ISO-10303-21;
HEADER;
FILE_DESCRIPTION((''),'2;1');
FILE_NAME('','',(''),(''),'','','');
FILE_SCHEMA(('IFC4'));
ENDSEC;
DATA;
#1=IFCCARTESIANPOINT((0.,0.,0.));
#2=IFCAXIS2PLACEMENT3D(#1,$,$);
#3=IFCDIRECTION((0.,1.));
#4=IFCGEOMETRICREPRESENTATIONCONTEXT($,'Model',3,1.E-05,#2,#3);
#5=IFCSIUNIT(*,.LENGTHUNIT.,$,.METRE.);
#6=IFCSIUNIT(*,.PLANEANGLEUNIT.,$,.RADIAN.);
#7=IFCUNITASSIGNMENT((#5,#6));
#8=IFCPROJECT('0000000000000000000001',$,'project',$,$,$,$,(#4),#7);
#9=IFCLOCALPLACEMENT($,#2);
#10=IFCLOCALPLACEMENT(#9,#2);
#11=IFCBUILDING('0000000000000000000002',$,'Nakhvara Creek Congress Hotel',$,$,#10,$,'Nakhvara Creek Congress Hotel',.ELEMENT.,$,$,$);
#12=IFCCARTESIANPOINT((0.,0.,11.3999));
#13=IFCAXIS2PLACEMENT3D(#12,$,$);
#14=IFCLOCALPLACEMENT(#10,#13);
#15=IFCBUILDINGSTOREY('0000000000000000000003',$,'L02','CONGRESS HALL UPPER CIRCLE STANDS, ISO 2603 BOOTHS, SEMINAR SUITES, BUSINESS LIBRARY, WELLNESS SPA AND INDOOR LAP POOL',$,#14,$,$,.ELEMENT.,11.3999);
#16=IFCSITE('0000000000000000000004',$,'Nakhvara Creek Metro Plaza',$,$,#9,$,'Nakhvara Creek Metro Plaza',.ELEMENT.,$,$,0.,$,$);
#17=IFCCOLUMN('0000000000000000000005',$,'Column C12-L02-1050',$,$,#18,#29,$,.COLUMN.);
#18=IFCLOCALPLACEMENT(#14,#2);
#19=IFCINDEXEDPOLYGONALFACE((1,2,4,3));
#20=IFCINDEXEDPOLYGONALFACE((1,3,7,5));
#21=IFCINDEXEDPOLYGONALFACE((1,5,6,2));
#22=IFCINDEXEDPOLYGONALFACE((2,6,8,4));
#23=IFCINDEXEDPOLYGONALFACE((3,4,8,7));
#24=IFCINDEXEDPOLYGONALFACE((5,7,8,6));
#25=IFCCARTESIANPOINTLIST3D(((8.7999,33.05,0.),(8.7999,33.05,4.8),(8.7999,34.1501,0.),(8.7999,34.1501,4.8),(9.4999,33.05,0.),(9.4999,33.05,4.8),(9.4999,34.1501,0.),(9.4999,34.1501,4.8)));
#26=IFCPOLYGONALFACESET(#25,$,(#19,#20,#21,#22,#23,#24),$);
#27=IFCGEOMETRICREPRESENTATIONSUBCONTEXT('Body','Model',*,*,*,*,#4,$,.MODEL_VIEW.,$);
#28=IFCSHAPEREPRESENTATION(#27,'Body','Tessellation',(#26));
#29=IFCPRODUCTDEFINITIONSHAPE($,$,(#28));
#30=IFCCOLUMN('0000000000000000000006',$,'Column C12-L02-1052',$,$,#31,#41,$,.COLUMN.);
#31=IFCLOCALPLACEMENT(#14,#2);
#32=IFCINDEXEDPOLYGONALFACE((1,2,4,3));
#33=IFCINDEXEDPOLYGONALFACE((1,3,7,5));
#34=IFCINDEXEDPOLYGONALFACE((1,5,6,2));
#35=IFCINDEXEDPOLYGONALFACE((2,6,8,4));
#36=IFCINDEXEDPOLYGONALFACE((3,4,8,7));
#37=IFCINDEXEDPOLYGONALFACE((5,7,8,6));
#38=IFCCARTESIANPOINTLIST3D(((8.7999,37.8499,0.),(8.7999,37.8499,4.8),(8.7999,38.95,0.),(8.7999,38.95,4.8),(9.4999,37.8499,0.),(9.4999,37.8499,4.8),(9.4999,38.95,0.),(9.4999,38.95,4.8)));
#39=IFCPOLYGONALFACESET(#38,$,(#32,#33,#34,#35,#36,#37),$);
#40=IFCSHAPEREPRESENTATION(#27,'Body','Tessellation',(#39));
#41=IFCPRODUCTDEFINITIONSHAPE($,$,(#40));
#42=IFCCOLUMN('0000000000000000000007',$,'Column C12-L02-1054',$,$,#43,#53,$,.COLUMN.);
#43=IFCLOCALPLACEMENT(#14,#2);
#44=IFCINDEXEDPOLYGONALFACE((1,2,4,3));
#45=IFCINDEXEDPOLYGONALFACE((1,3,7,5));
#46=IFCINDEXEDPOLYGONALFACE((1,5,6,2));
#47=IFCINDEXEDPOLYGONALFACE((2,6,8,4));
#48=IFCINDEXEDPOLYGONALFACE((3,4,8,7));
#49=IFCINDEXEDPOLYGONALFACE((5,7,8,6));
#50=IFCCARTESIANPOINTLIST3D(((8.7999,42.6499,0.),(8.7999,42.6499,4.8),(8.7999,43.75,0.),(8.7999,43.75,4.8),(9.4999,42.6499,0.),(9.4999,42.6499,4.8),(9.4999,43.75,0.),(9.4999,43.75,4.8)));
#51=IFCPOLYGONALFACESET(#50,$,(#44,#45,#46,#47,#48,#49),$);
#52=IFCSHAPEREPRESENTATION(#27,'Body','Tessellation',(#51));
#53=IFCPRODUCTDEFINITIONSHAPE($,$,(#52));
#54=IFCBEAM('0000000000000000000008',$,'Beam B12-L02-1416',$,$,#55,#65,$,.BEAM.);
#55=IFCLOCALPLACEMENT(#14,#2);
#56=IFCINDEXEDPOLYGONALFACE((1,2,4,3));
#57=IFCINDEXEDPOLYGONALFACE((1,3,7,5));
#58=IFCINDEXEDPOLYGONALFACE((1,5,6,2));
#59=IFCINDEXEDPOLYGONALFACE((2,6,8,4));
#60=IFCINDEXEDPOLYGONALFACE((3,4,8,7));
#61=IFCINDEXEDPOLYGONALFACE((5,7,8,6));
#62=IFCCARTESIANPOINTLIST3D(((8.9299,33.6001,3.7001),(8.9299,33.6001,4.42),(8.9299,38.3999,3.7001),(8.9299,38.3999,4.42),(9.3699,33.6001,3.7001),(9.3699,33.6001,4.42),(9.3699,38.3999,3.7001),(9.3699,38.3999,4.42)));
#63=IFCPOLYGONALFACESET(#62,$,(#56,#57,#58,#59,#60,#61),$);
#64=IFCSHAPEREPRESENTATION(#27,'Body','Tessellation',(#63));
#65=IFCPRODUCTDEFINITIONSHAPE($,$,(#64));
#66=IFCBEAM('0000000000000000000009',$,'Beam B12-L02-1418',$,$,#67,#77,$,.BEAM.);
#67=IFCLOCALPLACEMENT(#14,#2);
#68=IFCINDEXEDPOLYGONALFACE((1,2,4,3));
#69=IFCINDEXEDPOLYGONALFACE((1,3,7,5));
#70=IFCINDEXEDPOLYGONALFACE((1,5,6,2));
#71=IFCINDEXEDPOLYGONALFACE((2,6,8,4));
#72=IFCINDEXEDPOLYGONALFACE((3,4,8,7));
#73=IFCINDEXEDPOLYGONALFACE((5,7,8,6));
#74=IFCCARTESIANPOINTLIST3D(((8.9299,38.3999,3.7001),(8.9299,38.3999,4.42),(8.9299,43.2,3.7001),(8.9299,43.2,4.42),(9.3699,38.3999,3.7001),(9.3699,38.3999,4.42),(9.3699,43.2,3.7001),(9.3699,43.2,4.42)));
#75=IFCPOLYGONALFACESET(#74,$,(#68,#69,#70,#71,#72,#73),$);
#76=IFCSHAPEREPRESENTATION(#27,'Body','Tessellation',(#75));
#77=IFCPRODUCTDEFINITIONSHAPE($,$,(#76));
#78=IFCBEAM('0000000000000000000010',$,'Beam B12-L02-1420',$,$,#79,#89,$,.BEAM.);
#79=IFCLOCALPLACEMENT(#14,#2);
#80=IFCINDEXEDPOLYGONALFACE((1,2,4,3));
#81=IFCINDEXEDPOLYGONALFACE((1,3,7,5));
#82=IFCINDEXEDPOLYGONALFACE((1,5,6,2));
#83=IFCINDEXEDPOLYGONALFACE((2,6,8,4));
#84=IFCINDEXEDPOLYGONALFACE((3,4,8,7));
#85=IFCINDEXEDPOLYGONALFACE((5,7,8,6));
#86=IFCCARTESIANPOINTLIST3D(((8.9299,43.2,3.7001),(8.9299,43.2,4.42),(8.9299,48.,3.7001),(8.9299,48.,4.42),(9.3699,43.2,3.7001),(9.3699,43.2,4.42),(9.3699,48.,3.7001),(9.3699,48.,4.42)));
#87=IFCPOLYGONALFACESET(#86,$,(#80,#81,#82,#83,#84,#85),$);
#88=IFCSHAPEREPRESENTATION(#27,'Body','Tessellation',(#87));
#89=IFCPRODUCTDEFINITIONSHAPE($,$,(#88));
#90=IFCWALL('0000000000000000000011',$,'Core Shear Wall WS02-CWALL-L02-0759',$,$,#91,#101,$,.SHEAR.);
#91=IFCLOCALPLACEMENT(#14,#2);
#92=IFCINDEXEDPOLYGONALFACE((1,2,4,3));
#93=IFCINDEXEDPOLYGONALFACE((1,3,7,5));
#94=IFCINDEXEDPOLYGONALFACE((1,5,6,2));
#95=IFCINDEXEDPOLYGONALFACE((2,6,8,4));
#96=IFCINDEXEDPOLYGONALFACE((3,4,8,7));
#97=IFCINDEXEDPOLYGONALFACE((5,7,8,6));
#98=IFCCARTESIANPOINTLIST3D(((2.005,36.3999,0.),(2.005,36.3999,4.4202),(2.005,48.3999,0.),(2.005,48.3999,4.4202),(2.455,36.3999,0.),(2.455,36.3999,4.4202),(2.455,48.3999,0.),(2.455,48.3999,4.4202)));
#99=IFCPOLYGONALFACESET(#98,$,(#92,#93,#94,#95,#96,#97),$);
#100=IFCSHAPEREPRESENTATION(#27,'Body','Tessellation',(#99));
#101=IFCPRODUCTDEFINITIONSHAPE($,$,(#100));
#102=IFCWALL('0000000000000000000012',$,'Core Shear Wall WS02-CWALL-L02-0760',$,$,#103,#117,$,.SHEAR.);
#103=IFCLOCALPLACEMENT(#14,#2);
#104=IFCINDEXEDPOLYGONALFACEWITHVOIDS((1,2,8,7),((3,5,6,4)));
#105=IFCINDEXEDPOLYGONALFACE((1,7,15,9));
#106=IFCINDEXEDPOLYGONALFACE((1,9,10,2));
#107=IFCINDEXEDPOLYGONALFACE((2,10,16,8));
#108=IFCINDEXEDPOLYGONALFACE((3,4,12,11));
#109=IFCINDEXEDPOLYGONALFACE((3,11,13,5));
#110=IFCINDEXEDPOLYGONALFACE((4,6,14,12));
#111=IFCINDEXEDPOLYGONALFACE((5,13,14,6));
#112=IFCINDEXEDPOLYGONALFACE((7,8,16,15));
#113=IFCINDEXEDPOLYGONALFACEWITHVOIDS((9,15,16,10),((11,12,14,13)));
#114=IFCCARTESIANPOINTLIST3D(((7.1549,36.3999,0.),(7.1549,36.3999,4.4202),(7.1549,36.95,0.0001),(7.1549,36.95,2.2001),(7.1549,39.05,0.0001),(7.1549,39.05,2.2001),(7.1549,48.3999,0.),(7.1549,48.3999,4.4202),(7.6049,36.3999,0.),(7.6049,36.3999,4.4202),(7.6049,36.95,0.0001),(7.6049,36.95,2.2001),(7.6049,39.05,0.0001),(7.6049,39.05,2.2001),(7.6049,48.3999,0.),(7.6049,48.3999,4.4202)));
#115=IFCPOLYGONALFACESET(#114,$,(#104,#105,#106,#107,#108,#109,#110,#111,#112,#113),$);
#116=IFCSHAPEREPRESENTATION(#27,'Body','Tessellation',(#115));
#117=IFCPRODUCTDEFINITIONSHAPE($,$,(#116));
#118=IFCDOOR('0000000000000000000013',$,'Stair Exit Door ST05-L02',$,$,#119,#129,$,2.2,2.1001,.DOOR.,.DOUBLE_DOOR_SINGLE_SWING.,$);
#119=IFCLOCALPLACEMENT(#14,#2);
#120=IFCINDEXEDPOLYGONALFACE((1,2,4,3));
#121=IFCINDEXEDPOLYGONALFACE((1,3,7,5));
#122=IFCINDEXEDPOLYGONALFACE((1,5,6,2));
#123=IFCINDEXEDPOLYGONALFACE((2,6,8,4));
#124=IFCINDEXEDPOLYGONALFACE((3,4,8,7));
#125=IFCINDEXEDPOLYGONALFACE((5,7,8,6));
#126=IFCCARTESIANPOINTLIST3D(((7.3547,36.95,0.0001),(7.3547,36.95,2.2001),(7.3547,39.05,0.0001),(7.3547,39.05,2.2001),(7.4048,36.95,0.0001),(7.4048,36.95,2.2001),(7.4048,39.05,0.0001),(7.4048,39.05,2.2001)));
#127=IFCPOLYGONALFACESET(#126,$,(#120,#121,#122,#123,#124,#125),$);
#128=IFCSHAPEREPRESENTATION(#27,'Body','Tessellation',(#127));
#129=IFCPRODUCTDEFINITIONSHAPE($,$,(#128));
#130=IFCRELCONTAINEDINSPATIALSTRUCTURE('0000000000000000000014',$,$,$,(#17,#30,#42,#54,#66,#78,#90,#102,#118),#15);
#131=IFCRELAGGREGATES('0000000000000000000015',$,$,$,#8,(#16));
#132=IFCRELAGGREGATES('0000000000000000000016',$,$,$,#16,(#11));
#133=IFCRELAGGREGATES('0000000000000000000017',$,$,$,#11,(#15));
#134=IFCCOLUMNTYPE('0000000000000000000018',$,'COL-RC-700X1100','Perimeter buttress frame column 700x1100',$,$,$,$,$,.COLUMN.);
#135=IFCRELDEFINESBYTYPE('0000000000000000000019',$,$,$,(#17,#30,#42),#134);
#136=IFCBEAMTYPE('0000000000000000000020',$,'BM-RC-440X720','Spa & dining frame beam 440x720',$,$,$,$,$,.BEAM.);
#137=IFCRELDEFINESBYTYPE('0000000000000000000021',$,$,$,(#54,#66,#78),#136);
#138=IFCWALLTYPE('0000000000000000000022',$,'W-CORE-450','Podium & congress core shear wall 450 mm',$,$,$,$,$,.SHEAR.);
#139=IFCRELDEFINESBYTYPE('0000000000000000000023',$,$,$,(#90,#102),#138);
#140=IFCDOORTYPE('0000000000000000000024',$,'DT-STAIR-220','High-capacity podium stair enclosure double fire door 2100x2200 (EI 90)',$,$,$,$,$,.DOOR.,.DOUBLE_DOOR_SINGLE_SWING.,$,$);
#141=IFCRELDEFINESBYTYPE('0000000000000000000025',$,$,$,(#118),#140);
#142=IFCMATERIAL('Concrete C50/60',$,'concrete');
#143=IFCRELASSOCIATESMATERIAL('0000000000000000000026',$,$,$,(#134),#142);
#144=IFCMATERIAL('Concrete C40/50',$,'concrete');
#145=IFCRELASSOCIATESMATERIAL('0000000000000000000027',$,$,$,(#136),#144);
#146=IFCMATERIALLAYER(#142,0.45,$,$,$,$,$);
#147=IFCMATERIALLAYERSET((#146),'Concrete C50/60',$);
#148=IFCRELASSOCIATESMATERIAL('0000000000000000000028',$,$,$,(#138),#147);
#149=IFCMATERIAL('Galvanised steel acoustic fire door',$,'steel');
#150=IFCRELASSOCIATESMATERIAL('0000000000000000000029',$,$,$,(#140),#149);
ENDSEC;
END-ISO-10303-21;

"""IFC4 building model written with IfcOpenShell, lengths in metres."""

from ifc_helpers import new_model, si_unit, direction, frame, frame_2d, origin, origin_2d, place, context, subcontext, project, spatial, rectangle, extrude, material, layer, layer_set, material_profile, profile_set, type_object, element, fill, save


model = new_model("IFC4")

# Units and contexts
model_context = context("Model", 3, precision=1e-05, world=origin(), true_north=direction((0.0, 1.0)))
body_context = subcontext(model_context, "Body", "Model", "MODEL_VIEW")
ifc_project = project(units=[si_unit("LENGTHUNIT", "METRE"), si_unit("PLANEANGLEUNIT", "RADIAN")], contexts=[model_context])

# Site, building, storey
site_placement = place(None, origin())
site = spatial("IfcSite", under=ifc_project, at=site_placement, Name="Nakhvara Creek Metro Plaza", LongName="Nakhvara Creek Metro Plaza", CompositionType="ELEMENT", RefElevation=0.0)
building_placement = place(site_placement, origin())
building = spatial("IfcBuilding", under=site, at=building_placement, Name="Nakhvara Creek Congress Hotel", LongName="Nakhvara Creek Congress Hotel", CompositionType="ELEMENT")
storey_placement = place(building_placement, frame((0.0, 0.0, 11.3999)))
storey = spatial("IfcBuildingStorey", under=building, at=storey_placement, Name="L02", Description="CONGRESS HALL UPPER CIRCLE STANDS, ISO 2603 BOOTHS, SEMINAR SUITES, BUSINESS LIBRARY, WELLNESS SPA AND INDOOR LAP POOL", CompositionType="ELEMENT", Elevation=11.3999)

# Columns
ifc_material_1 = material(Name="Concrete C50/60", Category="concrete")
ifc_material_profile_1 = material_profile(ifc_material_1, rectangle(XDim=0.7, YDim=1.1001, at=origin_2d()), Name="RC-COL 700x1100", Category="LoadBearing")
ifc_profile_set_1 = profile_set([ifc_material_profile_1], Name="Concrete C50/60")
column_type = type_object("IfcColumnType", Name="COL-RC-700X1100", Description="Perimeter buttress frame column 700x1100", PredefinedType="COLUMN", material=ifc_profile_set_1)
for number, where, z_axis, x_axis, name in (
    (1, (9.1499, 33.6001, 0.0), (0.0, 0.0, 1.0), (1.0, 0.0, 0.0), "Column C12-L02-1050"),
    (2, (9.1499, 38.3999, 0.0), (0.0, 0.0, 1.0), (1.0, 0.0, 0.0), "Column C12-L02-1052"),
    (3, (9.1499, 43.2, 0.0), (0.0, 0.0, 1.0), (1.0, 0.0, 0.0), "Column C12-L02-1054"),
):
    element("IfcColumn", number, at=place(storey_placement, frame(where, z_axis=z_axis, x_axis=x_axis)), inside=storey, type_object=column_type, Name=name, PredefinedType="COLUMN", context=body_context, shape_type="SweptSolid", body=[
        extrude(rectangle(XDim=0.7, YDim=1.1001, at=origin_2d()), origin(), (0.0, 0.0, 1.0), 4.8),
    ])

# Beams
ifc_material_2 = material(Name="Concrete C40/50", Category="concrete")
ifc_material_profile_2 = material_profile(ifc_material_2, rectangle(XDim=0.4399, YDim=0.72, at=origin_2d()), Name="RC-BM 440x720", Category="LoadBearing")
ifc_profile_set_2 = profile_set([ifc_material_profile_2], Name="Concrete C40/50")
beam_type = type_object("IfcBeamType", Name="BM-RC-440X720", Description="Spa & dining frame beam 440x720", PredefinedType="BEAM", material=ifc_profile_set_2)
beam_placement = place(storey_placement, frame((9.1499, 33.6001, 4.0601), z_axis=(0.0, 1.0, 0.0), x_axis=(-1.0, 0.0, 0.0)))
element("IfcBeam", 4, at=beam_placement, inside=storey, type_object=beam_type, Name="Beam B12-L02-1416", PredefinedType="BEAM", context=body_context, shape_type="SweptSolid", body=[
    extrude(rectangle(XDim=0.4399, YDim=0.72, at=origin_2d()), origin(), (0.0, 0.0, 1.0), 4.7998),
])
for number, where, z_axis, x_axis, name in (
    (5, (9.1499, 38.3999, 4.0601), (0.0, 1.0, 0.0), (-1.0, 0.0, 0.0), "Beam B12-L02-1418"),
    (6, (9.1499, 43.2, 4.0601), (0.0, 1.0, 0.0), (-1.0, 0.0, 0.0), "Beam B12-L02-1420"),
):
    element("IfcBeam", number, at=place(storey_placement, frame(where, z_axis=z_axis, x_axis=x_axis)), inside=storey, type_object=beam_type, Name=name, PredefinedType="BEAM", context=body_context, shape_type="SweptSolid", body=[
        extrude(rectangle(XDim=0.4399, YDim=0.72, at=origin_2d()), origin(), (0.0, 0.0, 1.0), 4.8),
    ])

# Wall
ifc_layer_1 = layer(ifc_material_1, 0.45)
ifc_layer_set_1 = layer_set([ifc_layer_1], Name="Concrete C50/60")
wall_type_1 = type_object("IfcWallType", Name="W-CORE-450", Description="Podium & congress core shear wall 450 mm", PredefinedType="SHEAR", material=ifc_layer_set_1)
wall_1_placement = place(storey_placement, frame((2.23, 36.3999, 0.0), z_axis=(0.0, 0.0, 1.0), x_axis=(0.0, 1.0, 0.0)))
element("IfcWall", 7, at=wall_1_placement, inside=storey, type_object=wall_type_1, Name="Core Shear Wall WS02-CWALL-L02-0759", PredefinedType="SHEAR", context=body_context, shape_type="SweptSolid", body=[
    extrude(rectangle(XDim=12.0, YDim=0.45, at=frame_2d((6.0, 0.0))), origin(), (0.0, 0.0, 1.0), 4.4202),
])

# Wall, opening, door
wall_2_placement = place(storey_placement, frame((7.3799, 36.3999, 0.0), z_axis=(0.0, 0.0, 1.0), x_axis=(0.0, 1.0, 0.0)))
wall_2 = element("IfcWall", 8, at=wall_2_placement, inside=storey, type_object=wall_type_1, Name="Core Shear Wall WS02-CWALL-L02-0760", PredefinedType="SHEAR", context=body_context, shape_type="SweptSolid", body=[
    extrude(rectangle(XDim=12.0, YDim=0.45, at=frame_2d((6.0, 0.0))), origin(), (0.0, 0.0, 1.0), 4.4202),
])
opening_1_placement = place(wall_2_placement, frame((0.55, 0.0, 0.0)))
opening_1 = element("IfcOpeningElement", 9, at=opening_1_placement, cuts=wall_2, PredefinedType="OPENING", context=body_context, shape_type="SweptSolid", body=[
    extrude(rectangle(XDim=2.1001, YDim=2.2, at=frame_2d((1.05, 1.1001))), frame((0.0, 0.2368, 0.0), z_axis=(0.0, -1.0, 0.0), x_axis=(1.0, 0.0, 0.0)), (0.0, 0.0, 1.0), 0.4739),
])
ifc_material_3 = material(Name="Galvanised steel acoustic fire door", Category="steel")
door_type_1 = type_object("IfcDoorType", Name="DT-STAIR-220", Description="High-capacity podium stair enclosure double fire door 2100x2200 (EI 90)", OperationType="DOUBLE_DOOR_SINGLE_SWING", PredefinedType="DOOR", material=ifc_material_3)
door_1_placement = place(opening_1_placement, frame((2.1001, 0.0, 0.0), z_axis=(0.0, 0.0, 1.0), x_axis=(-1.0, 0.0, 0.0)))
door_1 = element("IfcDoor", 10, at=door_1_placement, inside=storey, type_object=door_type_1, Name="Stair Exit Door ST05-L02", OperationType="DOUBLE_DOOR_SINGLE_SWING", OverallHeight=2.2, OverallWidth=2.1001, PredefinedType="DOOR", context=body_context, shape_type="SweptSolid", body=[
    extrude(rectangle(XDim=2.1001, YDim=2.2, at=frame_2d((1.05, 1.1001))), frame((0.0, 0.0249, 0.0), z_axis=(0.0, -1.0, 0.0), x_axis=(1.0, 0.0, 0.0)), (0.0, 0.0, 1.0), 0.05),
])
fill(opening_1, door_1)

save(model, "model.ifc")
